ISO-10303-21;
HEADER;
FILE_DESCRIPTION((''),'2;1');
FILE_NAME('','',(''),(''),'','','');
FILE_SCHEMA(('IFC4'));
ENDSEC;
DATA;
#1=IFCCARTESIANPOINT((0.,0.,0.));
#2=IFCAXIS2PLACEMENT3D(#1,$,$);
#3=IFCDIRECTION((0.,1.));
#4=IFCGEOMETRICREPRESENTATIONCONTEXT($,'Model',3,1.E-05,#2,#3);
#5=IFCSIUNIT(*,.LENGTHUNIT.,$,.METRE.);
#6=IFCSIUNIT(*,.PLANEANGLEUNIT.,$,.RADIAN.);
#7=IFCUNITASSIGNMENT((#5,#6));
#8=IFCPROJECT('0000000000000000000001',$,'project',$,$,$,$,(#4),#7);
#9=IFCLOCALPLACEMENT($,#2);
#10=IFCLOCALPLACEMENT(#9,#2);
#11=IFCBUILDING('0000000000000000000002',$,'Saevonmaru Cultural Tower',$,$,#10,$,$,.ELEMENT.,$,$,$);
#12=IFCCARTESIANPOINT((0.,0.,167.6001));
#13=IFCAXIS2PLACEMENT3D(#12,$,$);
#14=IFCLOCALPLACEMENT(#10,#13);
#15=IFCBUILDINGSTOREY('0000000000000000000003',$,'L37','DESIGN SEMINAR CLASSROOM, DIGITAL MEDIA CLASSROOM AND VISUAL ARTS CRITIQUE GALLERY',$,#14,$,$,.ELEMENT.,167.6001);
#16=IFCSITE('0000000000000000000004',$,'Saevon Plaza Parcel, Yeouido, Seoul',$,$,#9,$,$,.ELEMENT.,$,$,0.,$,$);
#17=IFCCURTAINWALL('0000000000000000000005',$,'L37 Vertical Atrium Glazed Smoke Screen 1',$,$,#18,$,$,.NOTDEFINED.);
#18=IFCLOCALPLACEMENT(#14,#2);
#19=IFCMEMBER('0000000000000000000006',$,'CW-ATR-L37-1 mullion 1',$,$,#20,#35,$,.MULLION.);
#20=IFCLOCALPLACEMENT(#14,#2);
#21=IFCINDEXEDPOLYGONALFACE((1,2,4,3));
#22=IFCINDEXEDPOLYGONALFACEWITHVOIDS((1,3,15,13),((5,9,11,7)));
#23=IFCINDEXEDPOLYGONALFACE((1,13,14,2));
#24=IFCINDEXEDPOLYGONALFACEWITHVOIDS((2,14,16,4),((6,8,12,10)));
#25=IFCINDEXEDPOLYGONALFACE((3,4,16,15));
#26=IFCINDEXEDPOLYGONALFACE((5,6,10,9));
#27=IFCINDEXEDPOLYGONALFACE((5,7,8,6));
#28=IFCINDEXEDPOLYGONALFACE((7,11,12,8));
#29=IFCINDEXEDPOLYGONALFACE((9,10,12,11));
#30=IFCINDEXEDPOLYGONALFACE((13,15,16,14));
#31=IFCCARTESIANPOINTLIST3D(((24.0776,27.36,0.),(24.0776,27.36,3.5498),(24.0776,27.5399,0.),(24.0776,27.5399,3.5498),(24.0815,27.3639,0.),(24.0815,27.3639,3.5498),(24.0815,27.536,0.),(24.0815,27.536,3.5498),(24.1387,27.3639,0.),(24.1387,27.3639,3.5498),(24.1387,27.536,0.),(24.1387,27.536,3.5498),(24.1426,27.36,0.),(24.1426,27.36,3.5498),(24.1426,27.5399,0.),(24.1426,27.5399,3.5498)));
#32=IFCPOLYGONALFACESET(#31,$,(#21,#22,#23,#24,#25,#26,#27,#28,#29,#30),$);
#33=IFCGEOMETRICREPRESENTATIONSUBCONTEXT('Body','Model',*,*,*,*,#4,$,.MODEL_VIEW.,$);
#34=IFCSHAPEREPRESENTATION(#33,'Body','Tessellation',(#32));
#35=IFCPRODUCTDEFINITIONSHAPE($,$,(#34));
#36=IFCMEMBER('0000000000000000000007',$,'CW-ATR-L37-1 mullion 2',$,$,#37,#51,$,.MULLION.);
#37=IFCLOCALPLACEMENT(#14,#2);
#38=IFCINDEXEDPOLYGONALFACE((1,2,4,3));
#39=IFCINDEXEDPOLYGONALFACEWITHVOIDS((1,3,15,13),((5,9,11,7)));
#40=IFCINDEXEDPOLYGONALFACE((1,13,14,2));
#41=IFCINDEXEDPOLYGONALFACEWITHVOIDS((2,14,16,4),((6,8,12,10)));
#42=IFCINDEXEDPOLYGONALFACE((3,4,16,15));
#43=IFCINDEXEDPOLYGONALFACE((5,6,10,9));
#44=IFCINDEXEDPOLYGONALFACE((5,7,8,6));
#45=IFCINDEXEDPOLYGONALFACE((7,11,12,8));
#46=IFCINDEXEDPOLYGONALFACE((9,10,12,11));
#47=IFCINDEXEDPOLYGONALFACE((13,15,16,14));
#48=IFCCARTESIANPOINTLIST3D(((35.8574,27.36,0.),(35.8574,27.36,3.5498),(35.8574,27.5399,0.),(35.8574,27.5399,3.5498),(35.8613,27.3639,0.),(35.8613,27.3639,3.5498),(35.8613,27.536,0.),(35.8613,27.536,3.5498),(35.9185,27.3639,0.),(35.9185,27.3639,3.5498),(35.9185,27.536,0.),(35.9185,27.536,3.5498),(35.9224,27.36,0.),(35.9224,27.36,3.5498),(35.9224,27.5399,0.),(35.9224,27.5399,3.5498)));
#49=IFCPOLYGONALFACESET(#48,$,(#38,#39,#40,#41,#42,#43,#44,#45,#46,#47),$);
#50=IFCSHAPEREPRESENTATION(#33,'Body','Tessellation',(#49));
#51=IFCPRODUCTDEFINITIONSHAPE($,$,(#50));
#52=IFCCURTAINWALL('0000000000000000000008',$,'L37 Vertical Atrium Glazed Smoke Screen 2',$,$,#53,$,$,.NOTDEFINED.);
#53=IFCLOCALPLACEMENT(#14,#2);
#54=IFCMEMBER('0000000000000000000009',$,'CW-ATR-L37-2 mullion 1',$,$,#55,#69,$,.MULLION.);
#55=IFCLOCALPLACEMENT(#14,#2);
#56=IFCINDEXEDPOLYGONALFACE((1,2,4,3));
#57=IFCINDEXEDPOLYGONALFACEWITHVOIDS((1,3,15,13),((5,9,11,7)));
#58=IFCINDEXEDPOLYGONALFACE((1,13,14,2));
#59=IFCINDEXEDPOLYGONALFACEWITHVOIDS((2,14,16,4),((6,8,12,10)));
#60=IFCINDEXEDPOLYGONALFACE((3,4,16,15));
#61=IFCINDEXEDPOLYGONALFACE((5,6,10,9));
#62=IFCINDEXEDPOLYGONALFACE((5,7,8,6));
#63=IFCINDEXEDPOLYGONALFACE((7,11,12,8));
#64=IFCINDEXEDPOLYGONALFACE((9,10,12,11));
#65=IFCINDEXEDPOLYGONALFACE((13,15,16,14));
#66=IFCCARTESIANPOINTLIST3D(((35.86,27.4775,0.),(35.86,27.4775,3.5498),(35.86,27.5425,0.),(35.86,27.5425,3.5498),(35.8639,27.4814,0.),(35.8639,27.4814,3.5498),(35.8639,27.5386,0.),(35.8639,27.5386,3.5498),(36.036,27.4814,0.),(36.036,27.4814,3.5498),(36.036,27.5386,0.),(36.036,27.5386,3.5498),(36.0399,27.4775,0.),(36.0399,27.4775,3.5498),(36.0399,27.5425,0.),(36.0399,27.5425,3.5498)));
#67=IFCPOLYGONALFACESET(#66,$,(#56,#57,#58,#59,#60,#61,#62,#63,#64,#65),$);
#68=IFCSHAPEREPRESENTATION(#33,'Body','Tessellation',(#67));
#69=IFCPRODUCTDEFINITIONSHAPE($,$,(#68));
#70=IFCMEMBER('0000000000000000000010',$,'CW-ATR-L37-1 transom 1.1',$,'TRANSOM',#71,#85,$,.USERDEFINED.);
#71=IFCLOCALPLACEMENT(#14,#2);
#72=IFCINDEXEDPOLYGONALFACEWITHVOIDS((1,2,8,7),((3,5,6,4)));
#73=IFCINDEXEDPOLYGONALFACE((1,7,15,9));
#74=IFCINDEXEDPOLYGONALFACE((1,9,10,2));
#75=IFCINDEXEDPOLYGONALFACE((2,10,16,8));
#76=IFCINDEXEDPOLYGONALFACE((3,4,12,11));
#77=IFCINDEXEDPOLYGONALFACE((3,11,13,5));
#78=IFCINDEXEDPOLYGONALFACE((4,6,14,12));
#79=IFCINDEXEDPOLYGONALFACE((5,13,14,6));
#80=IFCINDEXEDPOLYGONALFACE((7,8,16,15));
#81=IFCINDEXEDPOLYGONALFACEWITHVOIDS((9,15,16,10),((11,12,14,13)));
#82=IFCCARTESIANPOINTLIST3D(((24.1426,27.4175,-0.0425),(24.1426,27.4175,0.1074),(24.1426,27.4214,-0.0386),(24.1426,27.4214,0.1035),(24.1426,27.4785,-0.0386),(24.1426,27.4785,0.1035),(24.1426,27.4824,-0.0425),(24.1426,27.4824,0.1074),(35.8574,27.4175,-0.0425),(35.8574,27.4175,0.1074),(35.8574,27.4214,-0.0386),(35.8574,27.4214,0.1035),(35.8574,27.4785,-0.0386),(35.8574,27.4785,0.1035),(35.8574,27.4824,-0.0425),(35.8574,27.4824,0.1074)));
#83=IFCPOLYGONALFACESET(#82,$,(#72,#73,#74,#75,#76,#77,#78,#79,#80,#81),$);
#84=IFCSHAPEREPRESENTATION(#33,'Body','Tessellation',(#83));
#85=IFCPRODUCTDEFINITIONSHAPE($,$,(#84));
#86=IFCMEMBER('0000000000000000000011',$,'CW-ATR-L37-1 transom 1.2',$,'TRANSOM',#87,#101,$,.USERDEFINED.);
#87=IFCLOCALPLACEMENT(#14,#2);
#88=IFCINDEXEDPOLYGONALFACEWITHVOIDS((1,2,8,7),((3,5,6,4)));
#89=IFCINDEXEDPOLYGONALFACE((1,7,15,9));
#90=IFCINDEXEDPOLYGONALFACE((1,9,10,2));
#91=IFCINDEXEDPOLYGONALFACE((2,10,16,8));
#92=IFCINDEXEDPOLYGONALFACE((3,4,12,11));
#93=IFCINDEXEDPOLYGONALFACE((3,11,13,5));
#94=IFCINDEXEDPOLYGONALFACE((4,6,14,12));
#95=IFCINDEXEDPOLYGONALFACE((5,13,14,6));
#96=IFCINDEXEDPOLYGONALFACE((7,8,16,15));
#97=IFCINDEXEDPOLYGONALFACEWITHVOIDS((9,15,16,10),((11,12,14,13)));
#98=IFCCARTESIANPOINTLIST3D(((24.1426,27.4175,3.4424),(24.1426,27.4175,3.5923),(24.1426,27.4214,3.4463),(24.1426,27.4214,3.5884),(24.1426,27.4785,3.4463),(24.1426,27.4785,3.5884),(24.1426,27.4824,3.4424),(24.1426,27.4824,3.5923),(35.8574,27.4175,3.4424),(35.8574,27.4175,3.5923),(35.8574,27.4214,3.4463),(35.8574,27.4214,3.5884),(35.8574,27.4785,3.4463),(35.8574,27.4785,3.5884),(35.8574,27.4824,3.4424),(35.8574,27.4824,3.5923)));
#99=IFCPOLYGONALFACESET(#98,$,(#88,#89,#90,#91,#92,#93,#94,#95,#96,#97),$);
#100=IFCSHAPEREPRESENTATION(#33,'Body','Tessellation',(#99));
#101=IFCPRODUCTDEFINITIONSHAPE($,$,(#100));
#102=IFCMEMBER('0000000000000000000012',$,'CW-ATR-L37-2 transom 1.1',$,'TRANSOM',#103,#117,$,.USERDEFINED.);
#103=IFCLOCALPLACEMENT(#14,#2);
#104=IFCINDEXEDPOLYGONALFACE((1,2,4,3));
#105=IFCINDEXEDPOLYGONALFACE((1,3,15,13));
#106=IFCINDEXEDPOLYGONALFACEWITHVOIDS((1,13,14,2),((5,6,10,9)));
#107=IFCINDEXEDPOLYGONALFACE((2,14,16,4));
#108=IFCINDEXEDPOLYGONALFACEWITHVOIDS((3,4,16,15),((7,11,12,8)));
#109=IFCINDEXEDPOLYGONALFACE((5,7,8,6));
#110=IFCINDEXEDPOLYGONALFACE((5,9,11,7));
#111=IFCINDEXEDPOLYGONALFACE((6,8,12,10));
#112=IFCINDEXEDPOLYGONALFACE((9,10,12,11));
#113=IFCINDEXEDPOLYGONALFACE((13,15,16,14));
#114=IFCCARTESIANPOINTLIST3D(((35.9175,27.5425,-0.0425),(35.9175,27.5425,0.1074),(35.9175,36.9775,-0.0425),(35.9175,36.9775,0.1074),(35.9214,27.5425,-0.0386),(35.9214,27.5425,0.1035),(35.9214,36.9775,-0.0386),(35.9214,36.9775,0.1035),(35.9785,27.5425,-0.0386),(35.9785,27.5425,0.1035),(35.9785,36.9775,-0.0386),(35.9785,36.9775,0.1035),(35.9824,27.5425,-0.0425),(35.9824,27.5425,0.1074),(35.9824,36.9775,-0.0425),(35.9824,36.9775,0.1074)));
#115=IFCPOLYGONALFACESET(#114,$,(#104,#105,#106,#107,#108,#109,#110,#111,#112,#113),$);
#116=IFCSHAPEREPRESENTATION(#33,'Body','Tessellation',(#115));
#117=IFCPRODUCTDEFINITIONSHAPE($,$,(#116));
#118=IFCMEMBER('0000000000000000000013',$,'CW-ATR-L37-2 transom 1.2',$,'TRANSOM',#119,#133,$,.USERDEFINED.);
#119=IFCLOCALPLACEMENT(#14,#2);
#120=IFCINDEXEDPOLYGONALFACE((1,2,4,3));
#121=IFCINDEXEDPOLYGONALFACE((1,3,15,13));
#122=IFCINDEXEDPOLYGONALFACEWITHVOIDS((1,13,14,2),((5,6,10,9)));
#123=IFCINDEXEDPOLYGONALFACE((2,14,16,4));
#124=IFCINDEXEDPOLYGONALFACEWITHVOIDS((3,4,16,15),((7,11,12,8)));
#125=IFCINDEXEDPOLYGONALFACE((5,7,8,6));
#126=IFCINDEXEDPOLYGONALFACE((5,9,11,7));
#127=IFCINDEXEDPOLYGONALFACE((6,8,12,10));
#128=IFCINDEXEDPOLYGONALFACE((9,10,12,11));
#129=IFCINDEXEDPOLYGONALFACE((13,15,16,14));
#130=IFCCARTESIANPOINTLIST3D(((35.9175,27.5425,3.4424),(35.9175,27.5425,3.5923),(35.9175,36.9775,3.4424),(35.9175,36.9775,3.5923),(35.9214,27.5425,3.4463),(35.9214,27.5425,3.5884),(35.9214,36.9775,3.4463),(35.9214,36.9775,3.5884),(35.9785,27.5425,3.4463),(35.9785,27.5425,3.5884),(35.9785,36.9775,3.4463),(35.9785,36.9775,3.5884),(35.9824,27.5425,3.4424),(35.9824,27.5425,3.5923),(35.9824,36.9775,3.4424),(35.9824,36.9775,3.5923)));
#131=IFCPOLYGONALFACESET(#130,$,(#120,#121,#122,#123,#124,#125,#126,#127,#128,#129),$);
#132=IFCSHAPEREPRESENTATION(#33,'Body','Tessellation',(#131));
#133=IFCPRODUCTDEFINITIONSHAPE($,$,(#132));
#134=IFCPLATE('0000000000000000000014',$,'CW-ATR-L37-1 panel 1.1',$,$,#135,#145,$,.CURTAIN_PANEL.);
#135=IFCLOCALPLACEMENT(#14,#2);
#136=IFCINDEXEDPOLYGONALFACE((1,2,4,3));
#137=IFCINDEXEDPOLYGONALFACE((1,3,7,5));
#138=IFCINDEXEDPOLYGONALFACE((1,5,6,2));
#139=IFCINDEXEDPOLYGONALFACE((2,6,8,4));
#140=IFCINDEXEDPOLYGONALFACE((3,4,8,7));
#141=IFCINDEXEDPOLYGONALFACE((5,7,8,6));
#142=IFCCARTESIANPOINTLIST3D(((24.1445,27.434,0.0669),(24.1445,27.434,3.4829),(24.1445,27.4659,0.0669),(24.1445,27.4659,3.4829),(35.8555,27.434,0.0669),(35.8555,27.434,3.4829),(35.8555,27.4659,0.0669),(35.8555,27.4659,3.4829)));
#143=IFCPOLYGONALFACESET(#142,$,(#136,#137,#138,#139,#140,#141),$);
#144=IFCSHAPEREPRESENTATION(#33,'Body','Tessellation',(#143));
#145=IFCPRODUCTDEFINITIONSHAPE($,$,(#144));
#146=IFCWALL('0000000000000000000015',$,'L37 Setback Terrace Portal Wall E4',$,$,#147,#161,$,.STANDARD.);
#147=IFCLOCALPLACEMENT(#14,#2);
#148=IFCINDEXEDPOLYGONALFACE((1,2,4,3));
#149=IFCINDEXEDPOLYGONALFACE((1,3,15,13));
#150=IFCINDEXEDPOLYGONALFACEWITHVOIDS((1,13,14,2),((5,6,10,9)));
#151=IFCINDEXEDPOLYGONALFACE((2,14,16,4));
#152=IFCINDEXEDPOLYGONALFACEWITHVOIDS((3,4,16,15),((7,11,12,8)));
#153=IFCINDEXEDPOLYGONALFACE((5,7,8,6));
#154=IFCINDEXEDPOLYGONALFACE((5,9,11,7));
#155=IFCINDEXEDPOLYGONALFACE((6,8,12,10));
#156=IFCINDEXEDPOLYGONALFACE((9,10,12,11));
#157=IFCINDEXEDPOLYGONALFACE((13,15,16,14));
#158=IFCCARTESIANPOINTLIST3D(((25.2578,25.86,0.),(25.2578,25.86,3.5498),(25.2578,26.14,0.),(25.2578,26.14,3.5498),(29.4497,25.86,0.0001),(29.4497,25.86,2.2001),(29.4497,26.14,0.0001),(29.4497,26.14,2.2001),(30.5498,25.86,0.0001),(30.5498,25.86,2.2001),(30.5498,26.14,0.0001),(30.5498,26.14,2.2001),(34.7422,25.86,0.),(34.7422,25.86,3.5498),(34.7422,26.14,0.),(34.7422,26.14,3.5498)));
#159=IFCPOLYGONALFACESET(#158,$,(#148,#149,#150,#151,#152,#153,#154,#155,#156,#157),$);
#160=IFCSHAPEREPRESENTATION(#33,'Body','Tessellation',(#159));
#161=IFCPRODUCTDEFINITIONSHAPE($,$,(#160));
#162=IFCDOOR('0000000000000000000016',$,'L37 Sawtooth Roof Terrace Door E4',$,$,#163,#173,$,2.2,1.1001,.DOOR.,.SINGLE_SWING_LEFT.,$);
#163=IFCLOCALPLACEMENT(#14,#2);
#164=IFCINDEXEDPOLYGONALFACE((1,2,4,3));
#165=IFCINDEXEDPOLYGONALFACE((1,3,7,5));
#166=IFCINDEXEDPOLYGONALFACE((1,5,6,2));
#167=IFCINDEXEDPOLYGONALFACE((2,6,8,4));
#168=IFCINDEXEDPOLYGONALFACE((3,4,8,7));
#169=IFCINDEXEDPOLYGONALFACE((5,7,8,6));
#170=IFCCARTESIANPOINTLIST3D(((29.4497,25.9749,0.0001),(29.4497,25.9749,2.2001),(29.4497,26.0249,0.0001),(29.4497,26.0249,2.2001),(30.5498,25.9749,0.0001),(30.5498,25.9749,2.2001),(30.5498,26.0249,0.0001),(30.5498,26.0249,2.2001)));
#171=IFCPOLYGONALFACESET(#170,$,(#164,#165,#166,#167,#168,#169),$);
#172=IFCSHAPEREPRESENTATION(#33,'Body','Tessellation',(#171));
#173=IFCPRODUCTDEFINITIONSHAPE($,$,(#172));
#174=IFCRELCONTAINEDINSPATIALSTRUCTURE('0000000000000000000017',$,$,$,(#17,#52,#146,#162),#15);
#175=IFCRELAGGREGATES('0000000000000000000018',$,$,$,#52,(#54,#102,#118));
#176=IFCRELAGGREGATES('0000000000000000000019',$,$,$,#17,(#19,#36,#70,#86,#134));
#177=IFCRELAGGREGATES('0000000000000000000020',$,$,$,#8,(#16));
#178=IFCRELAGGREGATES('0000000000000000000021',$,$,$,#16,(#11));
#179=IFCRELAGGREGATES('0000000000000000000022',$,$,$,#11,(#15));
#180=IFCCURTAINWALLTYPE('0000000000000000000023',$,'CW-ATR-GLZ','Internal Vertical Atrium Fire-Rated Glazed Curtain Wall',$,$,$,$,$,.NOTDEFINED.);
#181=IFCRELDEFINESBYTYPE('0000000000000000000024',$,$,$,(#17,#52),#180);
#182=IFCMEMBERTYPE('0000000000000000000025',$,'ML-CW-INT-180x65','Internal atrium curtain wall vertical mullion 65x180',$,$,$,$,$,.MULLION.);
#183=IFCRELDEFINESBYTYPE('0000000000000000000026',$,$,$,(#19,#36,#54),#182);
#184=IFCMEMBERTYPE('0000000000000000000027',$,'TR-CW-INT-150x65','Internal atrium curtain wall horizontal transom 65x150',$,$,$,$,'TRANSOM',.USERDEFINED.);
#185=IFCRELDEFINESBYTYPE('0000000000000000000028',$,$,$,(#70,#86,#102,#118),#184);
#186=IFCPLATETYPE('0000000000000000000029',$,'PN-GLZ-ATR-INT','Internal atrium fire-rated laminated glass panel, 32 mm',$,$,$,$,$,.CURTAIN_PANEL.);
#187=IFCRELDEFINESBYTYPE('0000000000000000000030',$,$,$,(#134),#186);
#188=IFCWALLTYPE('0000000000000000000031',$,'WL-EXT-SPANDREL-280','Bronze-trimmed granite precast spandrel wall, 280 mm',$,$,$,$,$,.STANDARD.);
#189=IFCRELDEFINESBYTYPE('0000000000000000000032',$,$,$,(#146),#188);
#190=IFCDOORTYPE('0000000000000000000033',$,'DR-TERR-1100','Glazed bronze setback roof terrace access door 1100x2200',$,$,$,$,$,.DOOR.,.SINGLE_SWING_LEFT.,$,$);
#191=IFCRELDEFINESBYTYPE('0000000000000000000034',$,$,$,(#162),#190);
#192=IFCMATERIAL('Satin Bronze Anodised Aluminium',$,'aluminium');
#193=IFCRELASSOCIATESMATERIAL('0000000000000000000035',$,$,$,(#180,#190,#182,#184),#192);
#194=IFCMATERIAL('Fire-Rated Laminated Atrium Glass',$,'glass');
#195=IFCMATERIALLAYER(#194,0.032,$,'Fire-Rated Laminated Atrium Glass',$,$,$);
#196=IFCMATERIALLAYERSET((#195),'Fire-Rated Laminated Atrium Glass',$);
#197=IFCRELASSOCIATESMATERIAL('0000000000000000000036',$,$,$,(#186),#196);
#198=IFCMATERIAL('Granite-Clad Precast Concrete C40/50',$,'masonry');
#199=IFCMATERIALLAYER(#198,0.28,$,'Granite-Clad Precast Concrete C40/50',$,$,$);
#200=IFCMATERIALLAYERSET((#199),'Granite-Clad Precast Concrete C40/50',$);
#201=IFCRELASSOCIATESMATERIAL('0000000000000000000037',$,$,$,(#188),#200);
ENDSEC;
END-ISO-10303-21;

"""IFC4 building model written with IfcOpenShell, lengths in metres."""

from ifc_helpers import new_model, si_unit, direction, frame, frame_2d, origin, origin_2d, place, context, subcontext, project, spatial, rectangle, hollow_rectangle, extrude, material, layer, layer_set, material_profile, profile_set, type_object, element, fill, aggregate, save


model = new_model("IFC4")

# Units and contexts
model_context = context("Model", 3, precision=1e-05, world=origin(), true_north=direction((0.0, 1.0)))
body_context = subcontext(model_context, "Body", "Model", "MODEL_VIEW")
ifc_project = project(units=[si_unit("LENGTHUNIT", "METRE"), si_unit("PLANEANGLEUNIT", "RADIAN")], contexts=[model_context])

# Site, building, storey
site_placement = place(None, origin())
site = spatial("IfcSite", under=ifc_project, at=site_placement, Name="Saevon Plaza Parcel, Yeouido, Seoul", CompositionType="ELEMENT", RefElevation=0.0)
building_placement = place(site_placement, origin())
building = spatial("IfcBuilding", under=site, at=building_placement, Name="Saevonmaru Cultural Tower", CompositionType="ELEMENT")
storey_placement = place(building_placement, frame((0.0, 0.0, 167.6001)))
storey = spatial("IfcBuildingStorey", under=building, at=storey_placement, Name="L37", Description="DESIGN SEMINAR CLASSROOM, DIGITAL MEDIA CLASSROOM AND VISUAL ARTS CRITIQUE GALLERY", CompositionType="ELEMENT", Elevation=167.6001)

# Curtain wall, members
ifc_material_1 = material(Name="Satin Bronze Anodised Aluminium", Category="aluminium")
curtain_wall_type = type_object("IfcCurtainWallType", Name="CW-ATR-GLZ", Description="Internal Vertical Atrium Fire-Rated Glazed Curtain Wall", PredefinedType="NOTDEFINED", material=ifc_material_1)
curtain_wall_1_placement = place(storey_placement, origin())
curtain_wall_1 = element("IfcCurtainWall", 1, at=curtain_wall_1_placement, inside=storey, type_object=curtain_wall_type, Name="L37 Vertical Atrium Glazed Smoke Screen 1", PredefinedType="NOTDEFINED")
ifc_material_profile_1 = material_profile(ifc_material_1, hollow_rectangle(XDim=0.0649, YDim=0.1799, WallThickness=0.0039, at=origin_2d()), Name="ALU-MULL-180x65x4")
ifc_profile_set_1 = profile_set([ifc_material_profile_1], Name="Satin Bronze Anodised Aluminium")
member_type_1 = type_object("IfcMemberType", Name="ML-CW-INT-180x65", Description="Internal atrium curtain wall vertical mullion 65x180", PredefinedType="MULLION", material=ifc_profile_set_1)
member_1_placement = place(storey_placement, frame((24.1101, 27.45, 0.0), z_axis=(0.0, 0.0, 1.0), x_axis=(1.0, 0.0, 0.0)))
member_1 = element("IfcMember", 2, at=member_1_placement, type_object=member_type_1, Name="CW-ATR-L37-1 mullion 1", PredefinedType="MULLION", context=body_context, shape_type="SweptSolid", body=[
    extrude(hollow_rectangle(XDim=0.0649, YDim=0.1799, WallThickness=0.0039, at=origin_2d()), origin(), (0.0, 0.0, 1.0), 3.5498),
])
member_2_placement = place(storey_placement, frame((35.8899, 27.45, 0.0), z_axis=(0.0, 0.0, 1.0), x_axis=(1.0, 0.0, 0.0)))
member_2 = element("IfcMember", 3, at=member_2_placement, type_object=member_type_1, Name="CW-ATR-L37-1 mullion 2", PredefinedType="MULLION", context=body_context, shape_type="SweptSolid", body=[
    extrude(hollow_rectangle(XDim=0.0649, YDim=0.1799, WallThickness=0.0039, at=origin_2d()), origin(), (0.0, 0.0, 1.0), 3.5498),
])

# Curtain wall, member
curtain_wall_2_placement = place(storey_placement, origin())
curtain_wall_2 = element("IfcCurtainWall", 4, at=curtain_wall_2_placement, inside=storey, type_object=curtain_wall_type, Name="L37 Vertical Atrium Glazed Smoke Screen 2", PredefinedType="NOTDEFINED")
member_3_placement = place(storey_placement, frame((35.95, 27.51, 0.0), z_axis=(0.0, 0.0, 1.0), x_axis=(0.0, 1.0, 0.0)))
member_3 = element("IfcMember", 5, at=member_3_placement, type_object=member_type_1, Name="CW-ATR-L37-2 mullion 1", PredefinedType="MULLION", context=body_context, shape_type="SweptSolid", body=[
    extrude(hollow_rectangle(XDim=0.0649, YDim=0.1799, WallThickness=0.0039, at=origin_2d()), origin(), (0.0, 0.0, 1.0), 3.5498),
])

# Members
ifc_material_profile_2 = material_profile(ifc_material_1, hollow_rectangle(XDim=0.0649, YDim=0.1499, WallThickness=0.0039, at=origin_2d()), Name="ALU-TRAN-150x65x4")
ifc_profile_set_2 = profile_set([ifc_material_profile_2], Name="Satin Bronze Anodised Aluminium")
member_type_2 = type_object("IfcMemberType", Name="TR-CW-INT-150x65", Description="Internal atrium curtain wall horizontal transom 65x150", ElementType="TRANSOM", PredefinedType="USERDEFINED", material=ifc_profile_set_2)
member_4_placement = place(storey_placement, frame((24.1426, 27.45, 0.0325), z_axis=(1.0, 0.0, 0.0), x_axis=(0.0, 1.0, 0.0)))
member_4 = element("IfcMember", 6, at=member_4_placement, type_object=member_type_2, Name="CW-ATR-L37-1 transom 1.1", ObjectType="TRANSOM", PredefinedType="USERDEFINED", context=body_context, shape_type="SweptSolid", body=[
    extrude(hollow_rectangle(XDim=0.0649, YDim=0.1499, WallThickness=0.0039, at=origin_2d()), origin(), (0.0, 0.0, 1.0), 11.7148),
])
member_5_placement = place(storey_placement, frame((24.1426, 27.45, 3.5173), z_axis=(1.0, 0.0, 0.0), x_axis=(0.0, 1.0, 0.0)))
member_5 = element("IfcMember", 7, at=member_5_placement, type_object=member_type_2, Name="CW-ATR-L37-1 transom 1.2", ObjectType="TRANSOM", PredefinedType="USERDEFINED", context=body_context, shape_type="SweptSolid", body=[
    extrude(hollow_rectangle(XDim=0.0649, YDim=0.1499, WallThickness=0.0039, at=origin_2d()), origin(), (0.0, 0.0, 1.0), 11.7148),
])
member_6_placement = place(storey_placement, frame((35.95, 27.5425, 0.0325), z_axis=(0.0, 1.0, 0.0), x_axis=(-1.0, 0.0, 0.0)))
member_6 = element("IfcMember", 8, at=member_6_placement, type_object=member_type_2, Name="CW-ATR-L37-2 transom 1.1", ObjectType="TRANSOM", PredefinedType="USERDEFINED", context=body_context, shape_type="SweptSolid", body=[
    extrude(hollow_rectangle(XDim=0.0649, YDim=0.1499, WallThickness=0.0039, at=origin_2d()), origin(), (0.0, 0.0, 1.0), 9.4351),
])
member_7_placement = place(storey_placement, frame((35.95, 27.5425, 3.5173), z_axis=(0.0, 1.0, 0.0), x_axis=(-1.0, 0.0, 0.0)))
member_7 = element("IfcMember", 9, at=member_7_placement, type_object=member_type_2, Name="CW-ATR-L37-2 transom 1.2", ObjectType="TRANSOM", PredefinedType="USERDEFINED", context=body_context, shape_type="SweptSolid", body=[
    extrude(hollow_rectangle(XDim=0.0649, YDim=0.1499, WallThickness=0.0039, at=origin_2d()), origin(), (0.0, 0.0, 1.0), 9.4351),
])
aggregate(curtain_wall_2, [member_3, member_6, member_7])

# Plate
ifc_material_2 = material(Name="Fire-Rated Laminated Atrium Glass", Category="glass")
ifc_layer_1 = layer(ifc_material_2, 0.032, Name="Fire-Rated Laminated Atrium Glass")
ifc_layer_set_1 = layer_set([ifc_layer_1], Name="Fire-Rated Laminated Atrium Glass")
plate_type = type_object("IfcPlateType", Name="PN-GLZ-ATR-INT", Description="Internal atrium fire-rated laminated glass panel, 32 mm", PredefinedType="CURTAIN_PANEL", material=ifc_layer_set_1)
plate_placement = place(storey_placement, frame((30.0, 27.45, 0.0669), z_axis=(0.0, 0.0, 1.0), x_axis=(1.0, 0.0, 0.0)))
plate = element("IfcPlate", 10, at=plate_placement, type_object=plate_type, Name="CW-ATR-L37-1 panel 1.1", PredefinedType="CURTAIN_PANEL", context=body_context, shape_type="SweptSolid", body=[
    extrude(rectangle(XDim=11.7109, YDim=0.032, at=origin_2d()), origin(), (0.0, 0.0, 1.0), 3.416),
])
aggregate(curtain_wall_1, [member_1, member_2, member_4, member_5, plate])

# Wall, opening, door
ifc_material_3 = material(Name="Granite-Clad Precast Concrete C40/50", Category="masonry")
ifc_layer_2 = layer(ifc_material_3, 0.28, Name="Granite-Clad Precast Concrete C40/50")
ifc_layer_set_2 = layer_set([ifc_layer_2], Name="Granite-Clad Precast Concrete C40/50")
wall_type = type_object("IfcWallType", Name="WL-EXT-SPANDREL-280", Description="Bronze-trimmed granite precast spandrel wall, 280 mm", PredefinedType="STANDARD", material=ifc_layer_set_2)
wall_1_placement = place(storey_placement, frame((25.2578, 26.0, 0.0), z_axis=(0.0, 0.0, 1.0), x_axis=(1.0, 0.0, 0.0)))
wall_1 = element("IfcWall", 11, at=wall_1_placement, inside=storey, type_object=wall_type, Name="L37 Setback Terrace Portal Wall E4", PredefinedType="STANDARD", context=body_context, shape_type="SweptSolid", body=[
    extrude(rectangle(XDim=9.4844, YDim=0.28, at=frame_2d((4.7422, 0.0))), origin(), (0.0, 0.0, 1.0), 3.5498),
])
opening_1_placement = place(wall_1_placement, frame((4.1919, 0.0, 0.0)))
opening_1 = element("IfcOpeningElement", 12, at=opening_1_placement, cuts=wall_1, PredefinedType="OPENING", context=body_context, shape_type="SweptSolid", body=[
    extrude(rectangle(XDim=1.1001, YDim=2.2, at=frame_2d((0.55, 1.1001))), frame((0.0, 0.1499, 0.0), z_axis=(0.0, -1.0, 0.0), x_axis=(1.0, 0.0, 0.0)), (0.0, 0.0, 1.0), 0.3),
])
door_type = type_object("IfcDoorType", Name="DR-TERR-1100", Description="Glazed bronze setback roof terrace access door 1100x2200", OperationType="SINGLE_SWING_LEFT", PredefinedType="DOOR", material=ifc_material_1)
door_1_placement = place(opening_1_placement, origin())
door_1 = element("IfcDoor", 13, at=door_1_placement, inside=storey, type_object=door_type, Name="L37 Sawtooth Roof Terrace Door E4", OperationType="SINGLE_SWING_LEFT", OverallHeight=2.2, OverallWidth=1.1001, PredefinedType="DOOR", context=body_context, shape_type="SweptSolid", body=[
    extrude(rectangle(XDim=1.1001, YDim=2.2, at=frame_2d((0.55, 1.1001))), frame((0.0, 0.0249, 0.0), z_axis=(0.0, -1.0, 0.0), x_axis=(1.0, 0.0, 0.0)), (0.0, 0.0, 1.0), 0.05),
])
fill(opening_1, door_1)

save(model, "model.ifc")
